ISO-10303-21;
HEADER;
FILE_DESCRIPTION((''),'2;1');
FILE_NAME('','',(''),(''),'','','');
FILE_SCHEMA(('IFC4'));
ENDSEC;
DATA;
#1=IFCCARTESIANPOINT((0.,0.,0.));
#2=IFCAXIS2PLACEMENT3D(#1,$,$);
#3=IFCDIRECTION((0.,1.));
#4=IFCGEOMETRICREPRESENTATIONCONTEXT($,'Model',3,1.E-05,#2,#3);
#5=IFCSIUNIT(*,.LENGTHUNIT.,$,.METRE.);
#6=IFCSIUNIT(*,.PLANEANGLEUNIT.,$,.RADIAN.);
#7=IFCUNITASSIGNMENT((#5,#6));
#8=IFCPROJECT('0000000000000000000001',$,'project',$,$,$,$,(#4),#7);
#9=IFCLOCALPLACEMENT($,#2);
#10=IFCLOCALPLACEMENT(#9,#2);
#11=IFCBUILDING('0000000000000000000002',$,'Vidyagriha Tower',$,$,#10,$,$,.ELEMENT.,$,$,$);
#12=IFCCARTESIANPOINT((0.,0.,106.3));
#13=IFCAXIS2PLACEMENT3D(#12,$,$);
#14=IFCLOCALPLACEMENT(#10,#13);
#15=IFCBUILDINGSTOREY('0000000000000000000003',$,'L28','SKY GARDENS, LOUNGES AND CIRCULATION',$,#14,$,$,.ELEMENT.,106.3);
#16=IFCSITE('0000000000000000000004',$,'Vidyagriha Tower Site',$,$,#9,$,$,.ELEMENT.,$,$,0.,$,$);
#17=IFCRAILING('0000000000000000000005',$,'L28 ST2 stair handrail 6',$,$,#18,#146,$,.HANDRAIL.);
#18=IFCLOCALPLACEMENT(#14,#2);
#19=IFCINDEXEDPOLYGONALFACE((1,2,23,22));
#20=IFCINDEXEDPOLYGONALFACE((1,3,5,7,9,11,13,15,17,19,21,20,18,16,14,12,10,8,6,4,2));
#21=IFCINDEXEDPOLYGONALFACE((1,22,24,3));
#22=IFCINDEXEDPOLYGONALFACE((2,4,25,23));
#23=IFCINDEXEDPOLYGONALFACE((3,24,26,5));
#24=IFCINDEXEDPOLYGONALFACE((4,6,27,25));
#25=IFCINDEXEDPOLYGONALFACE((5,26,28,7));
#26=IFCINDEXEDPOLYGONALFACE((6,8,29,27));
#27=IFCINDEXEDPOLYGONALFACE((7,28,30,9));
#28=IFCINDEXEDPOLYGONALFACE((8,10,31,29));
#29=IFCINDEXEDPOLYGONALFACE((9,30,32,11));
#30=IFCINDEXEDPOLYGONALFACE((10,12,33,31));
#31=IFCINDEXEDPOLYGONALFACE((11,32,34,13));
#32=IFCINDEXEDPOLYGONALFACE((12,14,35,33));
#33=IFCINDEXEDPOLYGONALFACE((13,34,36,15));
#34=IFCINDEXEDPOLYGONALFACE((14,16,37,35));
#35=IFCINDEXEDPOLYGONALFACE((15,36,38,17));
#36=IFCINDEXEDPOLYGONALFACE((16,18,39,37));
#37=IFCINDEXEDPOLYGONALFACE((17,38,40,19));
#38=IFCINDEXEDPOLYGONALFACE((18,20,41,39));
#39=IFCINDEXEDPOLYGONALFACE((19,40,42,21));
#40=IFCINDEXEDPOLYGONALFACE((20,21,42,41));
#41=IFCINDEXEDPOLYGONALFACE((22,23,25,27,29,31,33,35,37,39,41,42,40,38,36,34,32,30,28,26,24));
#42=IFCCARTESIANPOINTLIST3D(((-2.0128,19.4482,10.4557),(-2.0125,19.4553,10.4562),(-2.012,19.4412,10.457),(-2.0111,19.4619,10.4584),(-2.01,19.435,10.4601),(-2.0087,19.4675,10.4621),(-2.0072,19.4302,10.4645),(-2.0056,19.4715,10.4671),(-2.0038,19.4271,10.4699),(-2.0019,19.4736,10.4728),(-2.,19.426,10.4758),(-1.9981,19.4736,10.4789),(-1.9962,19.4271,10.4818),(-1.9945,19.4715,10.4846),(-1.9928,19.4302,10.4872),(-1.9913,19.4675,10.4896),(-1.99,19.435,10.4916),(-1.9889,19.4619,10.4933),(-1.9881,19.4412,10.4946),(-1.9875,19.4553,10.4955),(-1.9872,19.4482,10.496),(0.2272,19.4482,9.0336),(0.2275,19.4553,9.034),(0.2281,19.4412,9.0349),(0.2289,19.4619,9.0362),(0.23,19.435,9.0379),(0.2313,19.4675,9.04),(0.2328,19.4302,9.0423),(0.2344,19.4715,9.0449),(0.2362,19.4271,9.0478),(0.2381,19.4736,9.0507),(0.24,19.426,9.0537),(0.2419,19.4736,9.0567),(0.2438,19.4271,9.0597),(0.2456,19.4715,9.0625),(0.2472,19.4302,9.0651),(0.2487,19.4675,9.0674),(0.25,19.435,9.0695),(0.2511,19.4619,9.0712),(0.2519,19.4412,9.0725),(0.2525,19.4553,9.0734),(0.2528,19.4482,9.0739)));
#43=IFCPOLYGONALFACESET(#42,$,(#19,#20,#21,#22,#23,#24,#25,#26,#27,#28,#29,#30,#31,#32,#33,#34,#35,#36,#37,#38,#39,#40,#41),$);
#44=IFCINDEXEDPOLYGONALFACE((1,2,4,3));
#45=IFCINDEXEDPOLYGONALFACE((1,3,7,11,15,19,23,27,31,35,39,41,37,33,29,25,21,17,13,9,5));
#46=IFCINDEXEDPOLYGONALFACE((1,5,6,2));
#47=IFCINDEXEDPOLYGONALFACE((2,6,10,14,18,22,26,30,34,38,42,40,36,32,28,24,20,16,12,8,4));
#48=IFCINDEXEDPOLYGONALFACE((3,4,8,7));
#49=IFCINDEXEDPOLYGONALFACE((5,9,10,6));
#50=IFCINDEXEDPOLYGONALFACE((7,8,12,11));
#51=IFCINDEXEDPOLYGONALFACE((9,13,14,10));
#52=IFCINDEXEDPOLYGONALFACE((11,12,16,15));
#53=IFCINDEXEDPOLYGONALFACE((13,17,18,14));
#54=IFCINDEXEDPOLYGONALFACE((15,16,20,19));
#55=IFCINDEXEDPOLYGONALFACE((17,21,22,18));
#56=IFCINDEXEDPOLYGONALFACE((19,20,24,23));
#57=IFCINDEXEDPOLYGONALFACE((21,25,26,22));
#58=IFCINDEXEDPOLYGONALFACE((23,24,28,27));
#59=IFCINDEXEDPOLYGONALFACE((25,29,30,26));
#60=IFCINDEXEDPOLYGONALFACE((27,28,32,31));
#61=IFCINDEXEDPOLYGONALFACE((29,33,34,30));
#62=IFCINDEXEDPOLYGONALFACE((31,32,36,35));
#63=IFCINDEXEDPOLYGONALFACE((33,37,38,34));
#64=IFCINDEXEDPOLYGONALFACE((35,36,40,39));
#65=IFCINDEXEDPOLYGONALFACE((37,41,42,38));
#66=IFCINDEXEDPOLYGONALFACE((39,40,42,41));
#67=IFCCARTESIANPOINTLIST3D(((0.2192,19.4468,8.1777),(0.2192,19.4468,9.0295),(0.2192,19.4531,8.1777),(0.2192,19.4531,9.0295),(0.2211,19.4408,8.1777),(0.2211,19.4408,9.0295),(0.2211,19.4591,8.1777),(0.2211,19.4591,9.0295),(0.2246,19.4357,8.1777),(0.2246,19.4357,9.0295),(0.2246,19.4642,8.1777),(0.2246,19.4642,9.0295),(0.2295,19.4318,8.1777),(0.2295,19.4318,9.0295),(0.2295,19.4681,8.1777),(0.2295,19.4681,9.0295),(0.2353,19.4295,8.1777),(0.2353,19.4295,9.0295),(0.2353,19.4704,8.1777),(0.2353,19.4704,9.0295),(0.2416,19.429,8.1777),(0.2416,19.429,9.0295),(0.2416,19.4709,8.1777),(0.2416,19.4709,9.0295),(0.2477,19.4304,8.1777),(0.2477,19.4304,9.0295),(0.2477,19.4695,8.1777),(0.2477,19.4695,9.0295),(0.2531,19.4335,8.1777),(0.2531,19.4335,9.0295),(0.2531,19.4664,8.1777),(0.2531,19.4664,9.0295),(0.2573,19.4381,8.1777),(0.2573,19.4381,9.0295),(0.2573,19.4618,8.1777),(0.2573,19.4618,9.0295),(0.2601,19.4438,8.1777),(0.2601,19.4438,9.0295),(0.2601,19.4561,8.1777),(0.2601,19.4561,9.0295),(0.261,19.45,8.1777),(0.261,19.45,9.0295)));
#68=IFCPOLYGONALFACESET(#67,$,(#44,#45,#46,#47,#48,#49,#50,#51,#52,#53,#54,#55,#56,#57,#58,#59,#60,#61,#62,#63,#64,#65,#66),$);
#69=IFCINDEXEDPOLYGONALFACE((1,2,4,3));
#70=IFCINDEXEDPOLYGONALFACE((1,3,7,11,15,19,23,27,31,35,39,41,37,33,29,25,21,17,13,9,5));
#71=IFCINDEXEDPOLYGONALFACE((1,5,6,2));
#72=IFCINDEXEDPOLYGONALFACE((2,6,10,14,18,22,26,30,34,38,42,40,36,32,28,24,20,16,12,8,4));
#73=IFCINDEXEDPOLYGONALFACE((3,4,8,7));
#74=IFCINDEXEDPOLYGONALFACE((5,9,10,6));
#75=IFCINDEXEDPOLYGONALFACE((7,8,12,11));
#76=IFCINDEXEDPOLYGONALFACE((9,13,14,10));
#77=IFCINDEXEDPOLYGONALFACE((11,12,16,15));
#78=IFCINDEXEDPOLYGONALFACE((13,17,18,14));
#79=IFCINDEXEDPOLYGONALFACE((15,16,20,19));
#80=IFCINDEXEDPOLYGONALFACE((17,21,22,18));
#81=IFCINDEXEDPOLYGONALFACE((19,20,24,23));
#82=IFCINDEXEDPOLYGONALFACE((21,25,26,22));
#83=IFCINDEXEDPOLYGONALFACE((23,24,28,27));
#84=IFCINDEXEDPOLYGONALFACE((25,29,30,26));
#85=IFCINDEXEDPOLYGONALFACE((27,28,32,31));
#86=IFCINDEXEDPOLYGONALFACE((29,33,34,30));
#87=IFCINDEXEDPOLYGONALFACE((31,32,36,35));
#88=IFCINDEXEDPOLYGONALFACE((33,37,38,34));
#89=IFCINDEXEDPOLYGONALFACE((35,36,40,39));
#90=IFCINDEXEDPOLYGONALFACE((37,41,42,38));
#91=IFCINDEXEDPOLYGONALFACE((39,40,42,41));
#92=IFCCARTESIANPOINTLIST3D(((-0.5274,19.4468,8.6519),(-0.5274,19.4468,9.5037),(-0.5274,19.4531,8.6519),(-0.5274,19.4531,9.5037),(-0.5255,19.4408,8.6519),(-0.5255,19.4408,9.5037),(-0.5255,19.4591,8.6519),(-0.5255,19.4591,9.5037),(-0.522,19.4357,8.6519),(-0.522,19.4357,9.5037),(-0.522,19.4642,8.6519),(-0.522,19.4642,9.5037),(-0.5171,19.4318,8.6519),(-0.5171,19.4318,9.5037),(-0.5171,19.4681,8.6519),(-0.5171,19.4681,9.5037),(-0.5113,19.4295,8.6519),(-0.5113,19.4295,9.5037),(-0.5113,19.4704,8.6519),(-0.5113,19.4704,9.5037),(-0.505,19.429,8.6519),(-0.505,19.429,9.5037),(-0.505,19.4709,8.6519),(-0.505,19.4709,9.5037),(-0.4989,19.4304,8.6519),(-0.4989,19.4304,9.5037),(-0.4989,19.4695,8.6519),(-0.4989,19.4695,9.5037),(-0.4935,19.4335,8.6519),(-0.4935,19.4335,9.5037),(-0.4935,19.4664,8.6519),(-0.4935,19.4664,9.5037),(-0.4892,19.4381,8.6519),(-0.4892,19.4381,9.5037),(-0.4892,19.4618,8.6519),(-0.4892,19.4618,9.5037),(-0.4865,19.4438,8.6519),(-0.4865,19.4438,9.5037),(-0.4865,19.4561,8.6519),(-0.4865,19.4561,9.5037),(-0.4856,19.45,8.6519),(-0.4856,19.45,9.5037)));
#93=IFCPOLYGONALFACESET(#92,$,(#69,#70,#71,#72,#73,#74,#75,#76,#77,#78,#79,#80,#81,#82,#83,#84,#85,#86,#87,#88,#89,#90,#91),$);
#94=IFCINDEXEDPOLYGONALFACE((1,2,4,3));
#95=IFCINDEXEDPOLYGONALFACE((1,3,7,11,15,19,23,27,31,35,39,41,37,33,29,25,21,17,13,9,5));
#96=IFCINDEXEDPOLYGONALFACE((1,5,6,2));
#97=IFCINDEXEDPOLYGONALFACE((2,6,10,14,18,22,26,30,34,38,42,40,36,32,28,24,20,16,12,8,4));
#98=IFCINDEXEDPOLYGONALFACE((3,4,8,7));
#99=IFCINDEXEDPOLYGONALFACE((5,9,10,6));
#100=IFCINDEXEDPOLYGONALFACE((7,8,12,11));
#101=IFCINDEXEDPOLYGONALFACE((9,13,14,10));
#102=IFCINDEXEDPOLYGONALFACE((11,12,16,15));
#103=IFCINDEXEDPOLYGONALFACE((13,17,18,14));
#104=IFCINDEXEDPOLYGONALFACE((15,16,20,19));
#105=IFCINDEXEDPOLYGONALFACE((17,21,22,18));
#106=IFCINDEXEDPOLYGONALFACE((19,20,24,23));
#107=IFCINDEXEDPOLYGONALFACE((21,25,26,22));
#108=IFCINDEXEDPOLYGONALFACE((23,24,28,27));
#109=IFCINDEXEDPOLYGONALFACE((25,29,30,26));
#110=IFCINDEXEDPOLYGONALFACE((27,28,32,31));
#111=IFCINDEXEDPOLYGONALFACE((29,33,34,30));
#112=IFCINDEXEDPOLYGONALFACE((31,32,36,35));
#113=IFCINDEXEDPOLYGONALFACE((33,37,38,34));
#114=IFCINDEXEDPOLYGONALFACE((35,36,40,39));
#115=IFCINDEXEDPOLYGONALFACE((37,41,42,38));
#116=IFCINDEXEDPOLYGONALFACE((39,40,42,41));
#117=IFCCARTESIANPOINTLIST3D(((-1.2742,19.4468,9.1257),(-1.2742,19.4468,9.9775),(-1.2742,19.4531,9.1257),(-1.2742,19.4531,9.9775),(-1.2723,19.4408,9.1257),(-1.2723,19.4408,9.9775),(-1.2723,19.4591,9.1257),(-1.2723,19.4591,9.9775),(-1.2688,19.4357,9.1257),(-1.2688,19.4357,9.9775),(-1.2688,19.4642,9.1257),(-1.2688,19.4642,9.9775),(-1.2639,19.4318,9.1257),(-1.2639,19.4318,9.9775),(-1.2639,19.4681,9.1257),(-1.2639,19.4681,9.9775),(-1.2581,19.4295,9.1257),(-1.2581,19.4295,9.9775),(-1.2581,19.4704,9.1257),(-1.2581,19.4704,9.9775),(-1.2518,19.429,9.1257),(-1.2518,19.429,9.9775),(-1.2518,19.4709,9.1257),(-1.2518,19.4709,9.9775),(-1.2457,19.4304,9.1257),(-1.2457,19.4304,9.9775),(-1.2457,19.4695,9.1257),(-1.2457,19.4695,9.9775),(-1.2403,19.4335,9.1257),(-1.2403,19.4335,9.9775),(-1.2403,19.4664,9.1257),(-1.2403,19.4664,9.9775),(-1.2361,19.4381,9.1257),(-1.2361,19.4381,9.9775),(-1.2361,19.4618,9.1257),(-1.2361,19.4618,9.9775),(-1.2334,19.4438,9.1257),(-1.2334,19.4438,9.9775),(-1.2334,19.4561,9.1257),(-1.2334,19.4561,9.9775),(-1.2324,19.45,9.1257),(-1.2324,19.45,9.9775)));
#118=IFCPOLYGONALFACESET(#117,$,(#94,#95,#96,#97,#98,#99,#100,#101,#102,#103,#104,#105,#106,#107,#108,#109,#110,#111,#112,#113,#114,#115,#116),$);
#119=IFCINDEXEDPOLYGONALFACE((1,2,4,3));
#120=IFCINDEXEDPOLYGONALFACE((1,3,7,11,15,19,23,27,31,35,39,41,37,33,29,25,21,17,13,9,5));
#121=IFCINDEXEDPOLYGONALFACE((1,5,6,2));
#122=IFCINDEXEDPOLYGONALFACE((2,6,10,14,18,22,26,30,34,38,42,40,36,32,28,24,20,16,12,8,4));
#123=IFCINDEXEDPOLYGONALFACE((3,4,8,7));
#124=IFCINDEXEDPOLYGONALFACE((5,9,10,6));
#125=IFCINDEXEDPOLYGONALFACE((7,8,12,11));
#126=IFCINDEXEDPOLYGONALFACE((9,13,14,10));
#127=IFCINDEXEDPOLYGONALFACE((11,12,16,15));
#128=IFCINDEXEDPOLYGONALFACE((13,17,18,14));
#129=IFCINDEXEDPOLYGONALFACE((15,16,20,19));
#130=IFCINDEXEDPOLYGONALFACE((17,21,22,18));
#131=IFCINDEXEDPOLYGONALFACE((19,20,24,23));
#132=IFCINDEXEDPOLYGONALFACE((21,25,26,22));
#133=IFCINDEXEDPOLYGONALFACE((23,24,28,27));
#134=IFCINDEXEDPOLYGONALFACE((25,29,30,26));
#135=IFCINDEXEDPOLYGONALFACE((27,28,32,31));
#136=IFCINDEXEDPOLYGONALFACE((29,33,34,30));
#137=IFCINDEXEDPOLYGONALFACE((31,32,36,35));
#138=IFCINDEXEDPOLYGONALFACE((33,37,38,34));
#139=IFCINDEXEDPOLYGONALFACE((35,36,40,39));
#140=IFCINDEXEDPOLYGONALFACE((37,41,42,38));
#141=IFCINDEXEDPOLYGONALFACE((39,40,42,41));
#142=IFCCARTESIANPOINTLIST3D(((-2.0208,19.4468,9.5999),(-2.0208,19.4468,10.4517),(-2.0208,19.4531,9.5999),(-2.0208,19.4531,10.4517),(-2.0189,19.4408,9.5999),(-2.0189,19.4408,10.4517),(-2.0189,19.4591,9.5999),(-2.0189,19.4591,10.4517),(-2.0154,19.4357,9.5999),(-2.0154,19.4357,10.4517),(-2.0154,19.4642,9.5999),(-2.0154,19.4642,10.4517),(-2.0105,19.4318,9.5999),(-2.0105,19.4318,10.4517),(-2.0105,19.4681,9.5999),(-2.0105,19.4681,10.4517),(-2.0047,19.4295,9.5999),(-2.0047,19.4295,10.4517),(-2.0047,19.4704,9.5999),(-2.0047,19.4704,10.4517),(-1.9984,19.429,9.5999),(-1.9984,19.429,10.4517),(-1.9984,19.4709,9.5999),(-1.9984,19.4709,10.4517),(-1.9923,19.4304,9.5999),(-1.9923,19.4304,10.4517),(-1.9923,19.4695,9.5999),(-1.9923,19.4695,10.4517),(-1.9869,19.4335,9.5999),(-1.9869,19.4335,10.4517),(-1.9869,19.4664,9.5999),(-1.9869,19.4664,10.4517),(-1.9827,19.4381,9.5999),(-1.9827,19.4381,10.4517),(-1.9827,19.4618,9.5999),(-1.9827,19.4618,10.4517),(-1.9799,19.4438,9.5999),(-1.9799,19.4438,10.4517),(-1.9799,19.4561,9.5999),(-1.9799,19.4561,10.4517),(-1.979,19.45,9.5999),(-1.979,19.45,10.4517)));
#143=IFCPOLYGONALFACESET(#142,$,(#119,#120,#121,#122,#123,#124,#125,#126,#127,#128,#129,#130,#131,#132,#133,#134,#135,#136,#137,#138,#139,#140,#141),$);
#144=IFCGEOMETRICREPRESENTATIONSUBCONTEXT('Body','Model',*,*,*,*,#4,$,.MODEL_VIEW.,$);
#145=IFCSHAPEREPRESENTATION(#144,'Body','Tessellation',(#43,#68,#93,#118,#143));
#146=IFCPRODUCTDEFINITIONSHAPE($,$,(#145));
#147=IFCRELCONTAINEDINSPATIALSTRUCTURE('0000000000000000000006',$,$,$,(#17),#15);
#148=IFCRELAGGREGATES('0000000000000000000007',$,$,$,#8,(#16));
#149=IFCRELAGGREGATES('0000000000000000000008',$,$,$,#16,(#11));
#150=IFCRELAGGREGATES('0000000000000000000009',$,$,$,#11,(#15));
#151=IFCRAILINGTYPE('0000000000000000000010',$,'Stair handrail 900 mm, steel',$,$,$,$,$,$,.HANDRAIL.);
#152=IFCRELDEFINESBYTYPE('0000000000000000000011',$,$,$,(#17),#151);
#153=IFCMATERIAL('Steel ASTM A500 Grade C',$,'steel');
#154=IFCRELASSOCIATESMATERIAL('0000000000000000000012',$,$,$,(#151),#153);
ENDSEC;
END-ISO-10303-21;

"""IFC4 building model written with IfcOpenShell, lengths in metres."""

from ifc_helpers import new_model, si_unit, direction, frame, origin, origin_2d, place, context, subcontext, project, spatial, circle, extrude, material, type_object, element, save


model = new_model("IFC4")

# Units and contexts
model_context = context("Model", 3, precision=1e-05, world=origin(), true_north=direction((0.0, 1.0)))
body_context = subcontext(model_context, "Body", "Model", "MODEL_VIEW")
ifc_project = project(units=[si_unit("LENGTHUNIT", "METRE"), si_unit("PLANEANGLEUNIT", "RADIAN")], contexts=[model_context])

# Site, building, storey
site_placement = place(None, origin())
site = spatial("IfcSite", under=ifc_project, at=site_placement, Name="Vidyagriha Tower Site", CompositionType="ELEMENT", RefElevation=0.0)
building_placement = place(site_placement, origin())
building = spatial("IfcBuilding", under=site, at=building_placement, Name="Vidyagriha Tower", CompositionType="ELEMENT")
storey_placement = place(building_placement, frame((0.0, 0.0, 106.3)))
storey = spatial("IfcBuildingStorey", under=building, at=storey_placement, Name="L28", Description="SKY GARDENS, LOUNGES AND CIRCULATION", CompositionType="ELEMENT", Elevation=106.3)

# Railing
ifc_material_1 = material(Name="Steel ASTM A500 Grade C", Category="steel")
railing_type_1 = type_object("IfcRailingType", Name="Stair handrail 900 mm, steel", PredefinedType="HANDRAIL", material=ifc_material_1)
for number, where, name in (
    (1, (0.24, 19.45, 8.1777), "L28 ST2 stair handrail 6"),
):
    element("IfcRailing", number, at=place(storey_placement, frame(where)), inside=storey, type_object=railing_type_1, Name=name, PredefinedType="HANDRAIL", context=body_context, shape_type="SweptSolid", body=[
        extrude(circle(Radius=0.0239, at=origin_2d()), frame((0.0, 0.0, 0.876), z_axis=(-0.844229, 0.0, 0.535982), x_axis=(0.0, -1.0, 0.0)), (0.0, 0.0, 1.0), 2.6533),
        extrude(circle(Radius=0.021, at=origin_2d()), origin(), (0.0, 0.0, 1.0), 0.8518),
        extrude(circle(Radius=0.021, at=origin_2d()), frame((-0.7466, 0.0, 0.4741)), (0.0, 0.0, 1.0), 0.8518),
        extrude(circle(Radius=0.021, at=origin_2d()), frame((-1.4934, 0.0, 0.948)), (0.0, 0.0, 1.0), 0.8518),
        extrude(circle(Radius=0.021, at=origin_2d()), frame((-2.24, 0.0, 1.4221)), (0.0, 0.0, 1.0), 0.8518),
    ])

save(model, "model.ifc")
